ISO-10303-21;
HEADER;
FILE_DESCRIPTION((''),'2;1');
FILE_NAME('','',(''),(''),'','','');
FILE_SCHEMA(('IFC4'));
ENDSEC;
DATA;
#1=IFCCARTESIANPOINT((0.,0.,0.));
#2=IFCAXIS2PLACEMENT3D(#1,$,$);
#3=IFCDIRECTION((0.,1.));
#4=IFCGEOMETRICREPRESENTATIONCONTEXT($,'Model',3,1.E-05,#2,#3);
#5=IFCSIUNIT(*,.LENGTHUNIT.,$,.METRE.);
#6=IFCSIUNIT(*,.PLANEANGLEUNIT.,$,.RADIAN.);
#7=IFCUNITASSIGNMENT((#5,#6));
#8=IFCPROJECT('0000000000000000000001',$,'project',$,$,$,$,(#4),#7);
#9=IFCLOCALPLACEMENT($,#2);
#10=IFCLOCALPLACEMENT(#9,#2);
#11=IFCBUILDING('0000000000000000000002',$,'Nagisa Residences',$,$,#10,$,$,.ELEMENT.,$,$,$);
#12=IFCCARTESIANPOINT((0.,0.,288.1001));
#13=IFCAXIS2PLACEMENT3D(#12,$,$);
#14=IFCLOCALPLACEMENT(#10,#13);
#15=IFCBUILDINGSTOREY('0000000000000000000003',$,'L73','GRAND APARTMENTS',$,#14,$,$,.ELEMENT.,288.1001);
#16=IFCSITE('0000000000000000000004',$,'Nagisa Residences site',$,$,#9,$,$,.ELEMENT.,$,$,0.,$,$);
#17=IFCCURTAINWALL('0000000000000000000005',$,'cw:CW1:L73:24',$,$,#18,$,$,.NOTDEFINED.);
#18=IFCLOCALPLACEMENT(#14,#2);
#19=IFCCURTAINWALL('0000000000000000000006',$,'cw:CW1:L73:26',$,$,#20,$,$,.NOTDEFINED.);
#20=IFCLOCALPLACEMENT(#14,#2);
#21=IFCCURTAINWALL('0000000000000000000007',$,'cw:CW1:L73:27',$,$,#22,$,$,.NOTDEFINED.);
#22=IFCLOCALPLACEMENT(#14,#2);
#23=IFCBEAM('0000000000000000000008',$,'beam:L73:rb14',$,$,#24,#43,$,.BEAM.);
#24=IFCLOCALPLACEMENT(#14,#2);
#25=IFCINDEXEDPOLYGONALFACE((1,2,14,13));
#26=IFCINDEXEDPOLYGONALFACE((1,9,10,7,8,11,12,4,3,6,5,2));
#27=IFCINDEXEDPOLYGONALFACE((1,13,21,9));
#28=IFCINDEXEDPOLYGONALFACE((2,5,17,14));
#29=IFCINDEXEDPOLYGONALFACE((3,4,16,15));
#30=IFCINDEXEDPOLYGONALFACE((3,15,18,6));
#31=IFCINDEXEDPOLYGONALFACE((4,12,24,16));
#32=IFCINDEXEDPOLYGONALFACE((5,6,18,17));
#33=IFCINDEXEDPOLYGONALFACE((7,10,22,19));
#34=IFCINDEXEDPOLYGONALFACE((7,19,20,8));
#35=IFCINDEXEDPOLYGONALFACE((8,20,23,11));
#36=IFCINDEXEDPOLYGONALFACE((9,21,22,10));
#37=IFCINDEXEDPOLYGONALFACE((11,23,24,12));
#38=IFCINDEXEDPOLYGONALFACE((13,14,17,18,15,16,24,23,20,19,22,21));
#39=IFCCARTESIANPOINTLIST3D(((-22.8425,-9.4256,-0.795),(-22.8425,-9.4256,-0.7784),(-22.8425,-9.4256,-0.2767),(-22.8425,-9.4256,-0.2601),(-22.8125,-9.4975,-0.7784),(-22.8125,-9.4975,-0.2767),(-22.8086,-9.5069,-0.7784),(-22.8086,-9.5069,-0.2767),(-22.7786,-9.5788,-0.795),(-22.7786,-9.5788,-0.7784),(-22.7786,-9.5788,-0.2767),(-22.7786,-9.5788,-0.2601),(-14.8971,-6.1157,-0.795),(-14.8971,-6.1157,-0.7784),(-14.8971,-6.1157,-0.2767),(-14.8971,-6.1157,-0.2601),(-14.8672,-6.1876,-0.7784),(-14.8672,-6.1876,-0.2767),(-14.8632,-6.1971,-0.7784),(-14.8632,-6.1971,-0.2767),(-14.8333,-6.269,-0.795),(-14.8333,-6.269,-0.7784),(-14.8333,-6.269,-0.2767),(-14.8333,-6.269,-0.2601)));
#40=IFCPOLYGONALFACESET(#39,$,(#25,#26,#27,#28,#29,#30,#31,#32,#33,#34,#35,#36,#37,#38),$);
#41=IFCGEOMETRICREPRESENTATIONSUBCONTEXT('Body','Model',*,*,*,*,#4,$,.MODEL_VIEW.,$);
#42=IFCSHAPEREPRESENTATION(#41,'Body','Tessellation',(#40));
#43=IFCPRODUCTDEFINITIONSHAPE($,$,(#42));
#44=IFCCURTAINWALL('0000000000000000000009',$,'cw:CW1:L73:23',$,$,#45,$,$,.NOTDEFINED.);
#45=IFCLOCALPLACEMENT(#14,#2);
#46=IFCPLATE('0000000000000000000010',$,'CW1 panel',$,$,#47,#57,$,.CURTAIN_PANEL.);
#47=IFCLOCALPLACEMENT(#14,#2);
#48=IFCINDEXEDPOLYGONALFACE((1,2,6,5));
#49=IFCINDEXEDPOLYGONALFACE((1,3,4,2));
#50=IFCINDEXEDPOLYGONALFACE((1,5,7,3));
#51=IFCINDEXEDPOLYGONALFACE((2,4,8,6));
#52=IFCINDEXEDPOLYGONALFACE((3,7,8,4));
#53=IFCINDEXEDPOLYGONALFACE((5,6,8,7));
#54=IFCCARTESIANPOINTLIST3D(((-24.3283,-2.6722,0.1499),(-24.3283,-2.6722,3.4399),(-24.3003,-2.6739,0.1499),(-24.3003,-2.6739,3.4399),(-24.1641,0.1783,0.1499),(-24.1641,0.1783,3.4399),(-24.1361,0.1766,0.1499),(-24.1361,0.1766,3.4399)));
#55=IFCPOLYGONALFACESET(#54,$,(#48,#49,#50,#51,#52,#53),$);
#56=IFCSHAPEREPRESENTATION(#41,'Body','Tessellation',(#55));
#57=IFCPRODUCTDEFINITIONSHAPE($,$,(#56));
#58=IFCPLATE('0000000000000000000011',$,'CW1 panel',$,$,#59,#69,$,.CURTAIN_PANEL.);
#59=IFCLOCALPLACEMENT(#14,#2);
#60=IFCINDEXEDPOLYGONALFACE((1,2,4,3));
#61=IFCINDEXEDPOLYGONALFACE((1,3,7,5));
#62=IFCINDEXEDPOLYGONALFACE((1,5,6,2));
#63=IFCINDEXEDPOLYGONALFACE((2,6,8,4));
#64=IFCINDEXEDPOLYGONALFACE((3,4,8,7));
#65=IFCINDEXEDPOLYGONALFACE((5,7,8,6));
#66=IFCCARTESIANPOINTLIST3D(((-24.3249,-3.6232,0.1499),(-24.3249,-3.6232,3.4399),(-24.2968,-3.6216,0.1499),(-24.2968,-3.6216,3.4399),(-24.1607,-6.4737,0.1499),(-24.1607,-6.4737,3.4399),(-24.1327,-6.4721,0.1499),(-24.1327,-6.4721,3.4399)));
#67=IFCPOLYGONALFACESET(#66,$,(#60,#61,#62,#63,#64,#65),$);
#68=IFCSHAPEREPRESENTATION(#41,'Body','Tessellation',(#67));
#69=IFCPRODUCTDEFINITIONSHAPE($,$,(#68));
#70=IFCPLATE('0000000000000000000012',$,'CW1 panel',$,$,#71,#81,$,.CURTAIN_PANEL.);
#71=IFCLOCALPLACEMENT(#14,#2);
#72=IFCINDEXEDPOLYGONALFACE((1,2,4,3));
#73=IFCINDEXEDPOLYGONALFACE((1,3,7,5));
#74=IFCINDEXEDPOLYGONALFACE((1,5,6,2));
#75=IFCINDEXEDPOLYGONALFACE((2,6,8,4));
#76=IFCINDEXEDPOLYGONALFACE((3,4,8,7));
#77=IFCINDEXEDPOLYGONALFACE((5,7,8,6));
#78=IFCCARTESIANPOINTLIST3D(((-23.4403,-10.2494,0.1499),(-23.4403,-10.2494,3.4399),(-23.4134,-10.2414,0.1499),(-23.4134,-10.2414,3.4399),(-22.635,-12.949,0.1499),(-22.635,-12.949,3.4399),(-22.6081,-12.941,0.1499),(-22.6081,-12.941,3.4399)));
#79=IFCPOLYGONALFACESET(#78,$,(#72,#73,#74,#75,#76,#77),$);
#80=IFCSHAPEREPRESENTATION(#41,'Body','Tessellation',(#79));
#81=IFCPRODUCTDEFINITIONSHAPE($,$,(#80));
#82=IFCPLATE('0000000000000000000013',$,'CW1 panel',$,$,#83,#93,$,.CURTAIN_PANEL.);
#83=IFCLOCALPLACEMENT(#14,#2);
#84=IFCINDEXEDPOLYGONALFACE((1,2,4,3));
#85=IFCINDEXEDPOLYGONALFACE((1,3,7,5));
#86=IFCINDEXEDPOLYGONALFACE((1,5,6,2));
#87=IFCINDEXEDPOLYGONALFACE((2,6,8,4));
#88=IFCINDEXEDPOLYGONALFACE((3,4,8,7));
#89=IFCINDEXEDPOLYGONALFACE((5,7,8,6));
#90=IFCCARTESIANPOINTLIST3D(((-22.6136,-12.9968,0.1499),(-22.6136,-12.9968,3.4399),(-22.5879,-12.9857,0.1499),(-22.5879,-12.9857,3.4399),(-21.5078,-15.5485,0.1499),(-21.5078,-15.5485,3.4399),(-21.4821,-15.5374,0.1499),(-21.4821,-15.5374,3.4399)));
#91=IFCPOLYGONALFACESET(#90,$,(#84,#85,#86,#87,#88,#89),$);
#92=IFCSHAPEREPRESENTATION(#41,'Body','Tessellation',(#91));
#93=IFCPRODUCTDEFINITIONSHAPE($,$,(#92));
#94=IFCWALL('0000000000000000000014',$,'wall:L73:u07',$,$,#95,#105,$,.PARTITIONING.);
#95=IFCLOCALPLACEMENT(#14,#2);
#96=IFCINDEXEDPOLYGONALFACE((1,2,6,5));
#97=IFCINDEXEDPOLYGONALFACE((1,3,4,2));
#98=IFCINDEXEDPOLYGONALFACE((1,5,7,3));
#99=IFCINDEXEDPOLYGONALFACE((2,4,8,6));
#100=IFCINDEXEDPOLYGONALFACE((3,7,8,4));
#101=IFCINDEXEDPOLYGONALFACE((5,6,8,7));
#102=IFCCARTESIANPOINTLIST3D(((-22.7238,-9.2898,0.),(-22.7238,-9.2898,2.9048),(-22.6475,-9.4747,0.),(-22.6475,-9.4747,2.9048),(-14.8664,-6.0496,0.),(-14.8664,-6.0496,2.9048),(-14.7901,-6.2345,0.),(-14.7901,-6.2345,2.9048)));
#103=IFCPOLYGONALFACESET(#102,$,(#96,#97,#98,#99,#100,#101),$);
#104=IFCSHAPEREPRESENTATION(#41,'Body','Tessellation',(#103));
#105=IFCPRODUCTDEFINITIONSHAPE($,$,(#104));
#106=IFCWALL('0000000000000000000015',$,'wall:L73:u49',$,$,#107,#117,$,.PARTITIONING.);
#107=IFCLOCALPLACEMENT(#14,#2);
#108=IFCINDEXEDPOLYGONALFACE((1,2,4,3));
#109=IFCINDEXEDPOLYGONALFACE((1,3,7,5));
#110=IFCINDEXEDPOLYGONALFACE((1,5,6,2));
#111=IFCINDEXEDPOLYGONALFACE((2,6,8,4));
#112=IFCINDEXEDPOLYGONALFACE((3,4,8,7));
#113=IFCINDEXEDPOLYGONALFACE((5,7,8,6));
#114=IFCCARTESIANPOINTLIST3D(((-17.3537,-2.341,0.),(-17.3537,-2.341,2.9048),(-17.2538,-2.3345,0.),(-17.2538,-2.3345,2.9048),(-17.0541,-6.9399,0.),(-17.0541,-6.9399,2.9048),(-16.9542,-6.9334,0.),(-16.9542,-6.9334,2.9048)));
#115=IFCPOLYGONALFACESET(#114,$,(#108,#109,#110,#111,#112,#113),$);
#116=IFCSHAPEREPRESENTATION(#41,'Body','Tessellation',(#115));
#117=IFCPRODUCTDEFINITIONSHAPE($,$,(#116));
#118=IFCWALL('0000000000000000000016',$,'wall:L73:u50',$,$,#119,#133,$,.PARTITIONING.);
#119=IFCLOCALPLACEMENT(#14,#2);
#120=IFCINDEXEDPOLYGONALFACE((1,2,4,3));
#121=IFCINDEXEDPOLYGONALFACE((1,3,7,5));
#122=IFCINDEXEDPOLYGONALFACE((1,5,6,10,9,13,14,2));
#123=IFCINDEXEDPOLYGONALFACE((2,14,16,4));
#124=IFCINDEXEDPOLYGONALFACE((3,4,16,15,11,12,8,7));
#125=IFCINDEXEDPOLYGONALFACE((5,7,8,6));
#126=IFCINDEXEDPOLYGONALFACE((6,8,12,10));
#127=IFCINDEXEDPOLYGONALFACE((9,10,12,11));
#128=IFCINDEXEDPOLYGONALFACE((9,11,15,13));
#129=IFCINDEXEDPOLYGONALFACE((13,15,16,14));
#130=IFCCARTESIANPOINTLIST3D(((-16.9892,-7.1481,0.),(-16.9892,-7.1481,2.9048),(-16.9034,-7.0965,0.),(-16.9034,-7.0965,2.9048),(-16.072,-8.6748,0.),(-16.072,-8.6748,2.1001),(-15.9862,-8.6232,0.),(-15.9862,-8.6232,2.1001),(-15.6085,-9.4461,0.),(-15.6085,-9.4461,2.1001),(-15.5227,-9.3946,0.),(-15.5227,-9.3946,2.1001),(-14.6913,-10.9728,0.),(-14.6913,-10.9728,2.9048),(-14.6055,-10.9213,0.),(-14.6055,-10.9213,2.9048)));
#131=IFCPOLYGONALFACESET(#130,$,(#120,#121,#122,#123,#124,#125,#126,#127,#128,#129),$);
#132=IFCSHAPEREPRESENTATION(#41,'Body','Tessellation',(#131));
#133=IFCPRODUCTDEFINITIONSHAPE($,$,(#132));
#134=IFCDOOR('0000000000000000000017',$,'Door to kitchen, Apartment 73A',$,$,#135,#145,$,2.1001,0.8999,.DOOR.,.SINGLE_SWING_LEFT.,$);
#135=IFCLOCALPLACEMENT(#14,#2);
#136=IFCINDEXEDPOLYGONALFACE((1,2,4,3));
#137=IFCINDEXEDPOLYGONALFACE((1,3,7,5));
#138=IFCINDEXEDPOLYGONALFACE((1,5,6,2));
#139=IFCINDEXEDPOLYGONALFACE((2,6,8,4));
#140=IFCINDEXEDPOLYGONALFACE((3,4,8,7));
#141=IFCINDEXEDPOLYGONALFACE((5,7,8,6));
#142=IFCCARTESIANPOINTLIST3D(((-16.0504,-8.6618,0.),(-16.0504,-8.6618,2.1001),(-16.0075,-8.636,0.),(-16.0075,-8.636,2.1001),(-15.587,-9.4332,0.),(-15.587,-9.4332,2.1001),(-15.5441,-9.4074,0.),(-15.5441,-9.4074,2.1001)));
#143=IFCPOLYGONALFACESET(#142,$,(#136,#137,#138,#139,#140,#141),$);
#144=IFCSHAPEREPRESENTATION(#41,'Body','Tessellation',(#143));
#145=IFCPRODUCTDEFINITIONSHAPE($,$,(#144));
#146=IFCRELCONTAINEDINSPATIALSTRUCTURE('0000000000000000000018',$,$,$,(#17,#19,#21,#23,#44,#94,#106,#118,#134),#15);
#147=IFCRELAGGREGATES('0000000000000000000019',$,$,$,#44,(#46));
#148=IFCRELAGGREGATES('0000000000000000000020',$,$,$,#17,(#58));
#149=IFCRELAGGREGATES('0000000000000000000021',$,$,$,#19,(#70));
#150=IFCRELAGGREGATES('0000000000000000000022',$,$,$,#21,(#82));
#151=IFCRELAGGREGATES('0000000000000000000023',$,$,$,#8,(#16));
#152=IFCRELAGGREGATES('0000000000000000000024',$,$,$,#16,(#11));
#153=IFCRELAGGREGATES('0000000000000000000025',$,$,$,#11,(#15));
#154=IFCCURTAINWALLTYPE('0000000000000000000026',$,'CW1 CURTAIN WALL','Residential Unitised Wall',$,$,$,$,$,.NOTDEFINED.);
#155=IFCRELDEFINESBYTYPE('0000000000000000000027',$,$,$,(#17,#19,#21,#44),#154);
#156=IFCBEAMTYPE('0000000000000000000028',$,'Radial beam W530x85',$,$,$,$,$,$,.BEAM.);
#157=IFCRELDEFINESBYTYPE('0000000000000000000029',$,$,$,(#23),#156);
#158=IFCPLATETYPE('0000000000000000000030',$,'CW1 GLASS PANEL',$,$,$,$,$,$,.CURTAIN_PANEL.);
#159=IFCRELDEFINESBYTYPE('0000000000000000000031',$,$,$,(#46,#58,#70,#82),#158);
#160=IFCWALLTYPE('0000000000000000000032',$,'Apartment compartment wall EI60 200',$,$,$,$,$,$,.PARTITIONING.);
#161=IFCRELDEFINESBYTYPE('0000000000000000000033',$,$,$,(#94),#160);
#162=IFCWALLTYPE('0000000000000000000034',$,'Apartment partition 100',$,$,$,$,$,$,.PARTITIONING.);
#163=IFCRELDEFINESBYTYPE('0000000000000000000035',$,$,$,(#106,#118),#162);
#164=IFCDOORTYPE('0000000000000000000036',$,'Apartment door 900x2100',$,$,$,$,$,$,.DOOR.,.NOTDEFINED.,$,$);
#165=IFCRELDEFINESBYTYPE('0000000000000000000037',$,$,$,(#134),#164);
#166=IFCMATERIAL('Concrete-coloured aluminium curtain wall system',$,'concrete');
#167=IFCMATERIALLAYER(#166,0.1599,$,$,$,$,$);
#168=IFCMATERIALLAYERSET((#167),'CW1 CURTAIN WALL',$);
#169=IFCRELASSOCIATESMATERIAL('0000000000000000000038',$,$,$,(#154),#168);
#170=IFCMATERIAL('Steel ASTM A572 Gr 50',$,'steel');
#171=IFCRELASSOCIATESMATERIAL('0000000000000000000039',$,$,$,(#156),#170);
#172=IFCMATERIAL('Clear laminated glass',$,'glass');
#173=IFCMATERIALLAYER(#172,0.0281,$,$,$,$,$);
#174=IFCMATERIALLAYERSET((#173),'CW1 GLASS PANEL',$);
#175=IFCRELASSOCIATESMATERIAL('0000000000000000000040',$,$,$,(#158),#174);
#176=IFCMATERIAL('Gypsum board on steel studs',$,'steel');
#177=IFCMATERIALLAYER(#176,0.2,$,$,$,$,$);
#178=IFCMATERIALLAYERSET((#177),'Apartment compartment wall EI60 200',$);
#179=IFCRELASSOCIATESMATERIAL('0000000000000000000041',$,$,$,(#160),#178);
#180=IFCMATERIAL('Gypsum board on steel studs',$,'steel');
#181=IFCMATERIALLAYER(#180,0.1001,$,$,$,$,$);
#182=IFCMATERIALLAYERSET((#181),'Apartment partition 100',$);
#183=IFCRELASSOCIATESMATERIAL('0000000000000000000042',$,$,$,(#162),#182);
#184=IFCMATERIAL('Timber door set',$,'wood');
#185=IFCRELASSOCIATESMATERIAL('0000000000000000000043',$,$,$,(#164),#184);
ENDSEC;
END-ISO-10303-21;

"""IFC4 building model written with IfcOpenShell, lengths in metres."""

from ifc_helpers import new_model, si_unit, direction, frame, frame_2d, origin, origin_2d, place, context, subcontext, project, spatial, rectangle, i_section, extrude, material, layer, layer_set, material_profile, profile_set, type_object, element, fill, aggregate, save


model = new_model("IFC4")

# Units and contexts
model_context = context("Model", 3, precision=1e-05, world=origin(), true_north=direction((0.0, 1.0)))
body_context = subcontext(model_context, "Body", "Model", "MODEL_VIEW")
ifc_project = project(units=[si_unit("LENGTHUNIT", "METRE"), si_unit("PLANEANGLEUNIT", "RADIAN")], contexts=[model_context])

# Site, building, storey
site_placement = place(None, origin())
site = spatial("IfcSite", under=ifc_project, at=site_placement, Name="Nagisa Residences site", CompositionType="ELEMENT", RefElevation=0.0)
building_placement = place(site_placement, origin())
building = spatial("IfcBuilding", under=site, at=building_placement, Name="Nagisa Residences", CompositionType="ELEMENT")
storey_placement = place(building_placement, frame((0.0, 0.0, 288.1001)))
storey = spatial("IfcBuildingStorey", under=building, at=storey_placement, Name="L73", Description="GRAND APARTMENTS", CompositionType="ELEMENT", Elevation=288.1001)

# Curtain walls
ifc_material_1 = material(Name="Concrete-coloured aluminium curtain wall system", Category="concrete")
ifc_layer_1 = layer(ifc_material_1, 0.1599)
ifc_layer_set_1 = layer_set([ifc_layer_1], Name="CW1 CURTAIN WALL")
curtain_wall_type = type_object("IfcCurtainWallType", Name="CW1 CURTAIN WALL", Description="Residential Unitised Wall", PredefinedType="NOTDEFINED", material=ifc_layer_set_1)
curtain_wall_1_placement = place(storey_placement, origin())
curtain_wall_1 = element("IfcCurtainWall", 1, at=curtain_wall_1_placement, inside=storey, type_object=curtain_wall_type, Name="cw:CW1:L73:24", PredefinedType="NOTDEFINED")
curtain_wall_2_placement = place(storey_placement, origin())
curtain_wall_2 = element("IfcCurtainWall", 2, at=curtain_wall_2_placement, inside=storey, type_object=curtain_wall_type, Name="cw:CW1:L73:26", PredefinedType="NOTDEFINED")
curtain_wall_3_placement = place(storey_placement, origin())
curtain_wall_3 = element("IfcCurtainWall", 3, at=curtain_wall_3_placement, inside=storey, type_object=curtain_wall_type, Name="cw:CW1:L73:27", PredefinedType="NOTDEFINED")

# Beam
ifc_material_2 = material(Name="Steel ASTM A572 Gr 50", Category="steel")
ifc_material_profile_1 = material_profile(ifc_material_2, i_section(OverallWidth=0.166, OverallDepth=0.5349, WebThickness=0.0103, FlangeThickness=0.0166, at=origin_2d()), Name="W530x85")
ifc_profile_set_1 = profile_set([ifc_material_profile_1], Name="Steel ASTM A572 Gr 50")
beam_type_1 = type_object("IfcBeamType", Name="Radial beam W530x85", PredefinedType="BEAM", material=ifc_profile_set_1)
beam_1_placement = place(storey_placement, frame((-22.8105, -9.5022, -0.5276), z_axis=(0.923107, 0.384543, 0.0), x_axis=(-0.384543, 0.923107, 0.0)))
element("IfcBeam", 4, at=beam_1_placement, inside=storey, type_object=beam_type_1, Name="beam:L73:rb14", PredefinedType="BEAM", context=body_context, shape_type="SweptSolid", body=[
    extrude(i_section(OverallWidth=0.166, OverallDepth=0.5349, WebThickness=0.0103, FlangeThickness=0.0166, at=origin_2d()), origin(), (0.0, 0.0, 1.0), 8.6072),
])

# Curtain wall, plate
curtain_wall_4_placement = place(storey_placement, origin())
curtain_wall_4 = element("IfcCurtainWall", 5, at=curtain_wall_4_placement, inside=storey, type_object=curtain_wall_type, Name="cw:CW1:L73:23", PredefinedType="NOTDEFINED")
ifc_material_3 = material(Name="Clear laminated glass", Category="glass")
ifc_layer_2 = layer(ifc_material_3, 0.0281)
ifc_layer_set_2 = layer_set([ifc_layer_2], Name="CW1 GLASS PANEL")
plate_type = type_object("IfcPlateType", Name="CW1 GLASS PANEL", PredefinedType="CURTAIN_PANEL", material=ifc_layer_set_2)
plate_1_placement = place(storey_placement, frame((-24.2322, -1.2478, 0.1499), z_axis=(0.0, 0.0, 1.0), x_axis=(-0.057503, -0.998345, 0.0)))
plate_1 = element("IfcPlate", 6, at=plate_1_placement, type_object=plate_type, Name="CW1 panel", PredefinedType="CURTAIN_PANEL", context=body_context, shape_type="SweptSolid", body=[
    extrude(rectangle(XDim=2.8552, YDim=0.0281, at=origin_2d()), origin(), (0.0, 0.0, 1.0), 3.29),
])
aggregate(curtain_wall_4, [plate_1])

# Plates
plate_2_placement = place(storey_placement, frame((-24.2288, -5.0476, 0.1499), z_axis=(0.0, 0.0, 1.0), x_axis=(0.057503, -0.998345, 0.0)))
plate_2 = element("IfcPlate", 7, at=plate_2_placement, type_object=plate_type, Name="CW1 panel", PredefinedType="CURTAIN_PANEL", context=body_context, shape_type="SweptSolid", body=[
    extrude(rectangle(XDim=2.8552, YDim=0.0281, at=origin_2d()), origin(), (0.0, 0.0, 1.0), 3.29),
])
aggregate(curtain_wall_1, [plate_2])
plate_3_placement = place(storey_placement, frame((-23.0242, -11.5952, 0.1499), z_axis=(0.0, 0.0, 1.0), x_axis=(0.28586, -0.958271, 0.0)))
plate_3 = element("IfcPlate", 8, at=plate_3_placement, type_object=plate_type, Name="CW1 panel", PredefinedType="CURTAIN_PANEL", context=body_context, shape_type="SweptSolid", body=[
    extrude(rectangle(XDim=2.8171, YDim=0.0281, at=origin_2d()), origin(), (0.0, 0.0, 1.0), 3.29),
])
aggregate(curtain_wall_2, [plate_3])
plate_4_placement = place(storey_placement, frame((-22.0479, -14.2671, 0.1499), z_axis=(0.0, 0.0, 1.0), x_axis=(0.397636, -0.917543, 0.0)))
plate_4 = element("IfcPlate", 9, at=plate_4_placement, type_object=plate_type, Name="CW1 panel", PredefinedType="CURTAIN_PANEL", context=body_context, shape_type="SweptSolid", body=[
    extrude(rectangle(XDim=2.781, YDim=0.0281, at=origin_2d()), origin(), (0.0, 0.0, 1.0), 3.29),
])
aggregate(curtain_wall_3, [plate_4])

# Walls
ifc_material_4 = material(Name="Gypsum board on steel studs", Category="steel")
ifc_layer_3 = layer(ifc_material_4, 0.2)
ifc_layer_set_3 = layer_set([ifc_layer_3], Name="Apartment compartment wall EI60 200")
wall_type_1 = type_object("IfcWallType", Name="Apartment compartment wall EI60 200", PredefinedType="PARTITIONING", material=ifc_layer_set_3)
wall_1_placement = place(storey_placement, frame((-14.8284, -6.1421, 0.0), z_axis=(0.0, 0.0, 1.0), x_axis=(-0.924478, -0.381235, 0.0)))
element("IfcWall", 10, at=wall_1_placement, inside=storey, type_object=wall_type_1, Name="wall:L73:u07", PredefinedType="PARTITIONING", context=body_context, shape_type="SweptSolid", body=[
    extrude(rectangle(XDim=8.4993, YDim=0.2, at=frame_2d((4.2495, 0.0))), origin(), (0.0, 0.0, 1.0), 2.9048),
])
ifc_material_5 = material(Name="Gypsum board on steel studs", Category="steel")
ifc_layer_4 = layer(ifc_material_5, 0.1001)
ifc_layer_set_4 = layer_set([ifc_layer_4], Name="Apartment partition 100")
wall_type_2 = type_object("IfcWallType", Name="Apartment partition 100", PredefinedType="PARTITIONING", material=ifc_layer_set_4)
wall_2_placement = place(storey_placement, frame((-17.3037, -2.3379, 0.0), z_axis=(0.0, 0.0, 1.0), x_axis=(0.065, -0.997885, 0.0)))
element("IfcWall", 11, at=wall_2_placement, inside=storey, type_object=wall_type_2, Name="wall:L73:u49", PredefinedType="PARTITIONING", context=body_context, shape_type="SweptSolid", body=[
    extrude(rectangle(XDim=4.6086, YDim=0.1001, at=frame_2d((2.3042, 0.0))), origin(), (0.0, 0.0, 1.0), 2.9048),
])

# Wall, opening, door
wall_3_placement = place(storey_placement, frame((-16.9463, -7.1223, 0.0), z_axis=(0.0, 0.0, 1.0), x_axis=(0.514995, -0.857193, 0.0)))
wall_3 = element("IfcWall", 12, at=wall_3_placement, inside=storey, type_object=wall_type_2, Name="wall:L73:u50", PredefinedType="PARTITIONING", context=body_context, shape_type="SweptSolid", body=[
    extrude(rectangle(XDim=4.4619, YDim=0.1001, at=frame_2d((2.231, 0.0))), origin(), (0.0, 0.0, 1.0), 2.9048),
])
opening_1_placement = place(wall_3_placement, frame((1.781, 0.0, 0.0)))
opening_1 = element("IfcOpeningElement", 13, at=opening_1_placement, cuts=wall_3, PredefinedType="OPENING", context=body_context, shape_type="SweptSolid", body=[
    extrude(rectangle(XDim=0.8999, YDim=2.1001, at=frame_2d((0.45, 1.05))), frame((0.0, 0.0601, 0.0), z_axis=(0.0, -1.0, 0.0), x_axis=(1.0, 0.0, 0.0)), (0.0, 0.0, 1.0), 0.1201),
])
ifc_material_6 = material(Name="Timber door set", Category="wood")
door_type_1 = type_object("IfcDoorType", Name="Apartment door 900x2100", OperationType="NOTDEFINED", PredefinedType="DOOR", material=ifc_material_6)
door_1_placement = place(opening_1_placement, frame((0.8999, 0.0, 0.0), x_axis=(-1.0, 0.0, 0.0)))
door_1 = element("IfcDoor", 14, at=door_1_placement, inside=storey, type_object=door_type_1, Name="Door to kitchen, Apartment 73A", OperationType="SINGLE_SWING_LEFT", OverallHeight=2.1001, OverallWidth=0.8999, PredefinedType="DOOR", context=body_context, shape_type="SweptSolid", body=[
    extrude(rectangle(XDim=0.8999, YDim=2.1001, at=frame_2d((0.45, 1.05))), frame((0.0, 0.0249, 0.0), z_axis=(0.0, -1.0, 0.0), x_axis=(1.0, 0.0, 0.0)), (0.0, 0.0, 1.0), 0.05),
])
fill(opening_1, door_1)

save(model, "model.ifc")
